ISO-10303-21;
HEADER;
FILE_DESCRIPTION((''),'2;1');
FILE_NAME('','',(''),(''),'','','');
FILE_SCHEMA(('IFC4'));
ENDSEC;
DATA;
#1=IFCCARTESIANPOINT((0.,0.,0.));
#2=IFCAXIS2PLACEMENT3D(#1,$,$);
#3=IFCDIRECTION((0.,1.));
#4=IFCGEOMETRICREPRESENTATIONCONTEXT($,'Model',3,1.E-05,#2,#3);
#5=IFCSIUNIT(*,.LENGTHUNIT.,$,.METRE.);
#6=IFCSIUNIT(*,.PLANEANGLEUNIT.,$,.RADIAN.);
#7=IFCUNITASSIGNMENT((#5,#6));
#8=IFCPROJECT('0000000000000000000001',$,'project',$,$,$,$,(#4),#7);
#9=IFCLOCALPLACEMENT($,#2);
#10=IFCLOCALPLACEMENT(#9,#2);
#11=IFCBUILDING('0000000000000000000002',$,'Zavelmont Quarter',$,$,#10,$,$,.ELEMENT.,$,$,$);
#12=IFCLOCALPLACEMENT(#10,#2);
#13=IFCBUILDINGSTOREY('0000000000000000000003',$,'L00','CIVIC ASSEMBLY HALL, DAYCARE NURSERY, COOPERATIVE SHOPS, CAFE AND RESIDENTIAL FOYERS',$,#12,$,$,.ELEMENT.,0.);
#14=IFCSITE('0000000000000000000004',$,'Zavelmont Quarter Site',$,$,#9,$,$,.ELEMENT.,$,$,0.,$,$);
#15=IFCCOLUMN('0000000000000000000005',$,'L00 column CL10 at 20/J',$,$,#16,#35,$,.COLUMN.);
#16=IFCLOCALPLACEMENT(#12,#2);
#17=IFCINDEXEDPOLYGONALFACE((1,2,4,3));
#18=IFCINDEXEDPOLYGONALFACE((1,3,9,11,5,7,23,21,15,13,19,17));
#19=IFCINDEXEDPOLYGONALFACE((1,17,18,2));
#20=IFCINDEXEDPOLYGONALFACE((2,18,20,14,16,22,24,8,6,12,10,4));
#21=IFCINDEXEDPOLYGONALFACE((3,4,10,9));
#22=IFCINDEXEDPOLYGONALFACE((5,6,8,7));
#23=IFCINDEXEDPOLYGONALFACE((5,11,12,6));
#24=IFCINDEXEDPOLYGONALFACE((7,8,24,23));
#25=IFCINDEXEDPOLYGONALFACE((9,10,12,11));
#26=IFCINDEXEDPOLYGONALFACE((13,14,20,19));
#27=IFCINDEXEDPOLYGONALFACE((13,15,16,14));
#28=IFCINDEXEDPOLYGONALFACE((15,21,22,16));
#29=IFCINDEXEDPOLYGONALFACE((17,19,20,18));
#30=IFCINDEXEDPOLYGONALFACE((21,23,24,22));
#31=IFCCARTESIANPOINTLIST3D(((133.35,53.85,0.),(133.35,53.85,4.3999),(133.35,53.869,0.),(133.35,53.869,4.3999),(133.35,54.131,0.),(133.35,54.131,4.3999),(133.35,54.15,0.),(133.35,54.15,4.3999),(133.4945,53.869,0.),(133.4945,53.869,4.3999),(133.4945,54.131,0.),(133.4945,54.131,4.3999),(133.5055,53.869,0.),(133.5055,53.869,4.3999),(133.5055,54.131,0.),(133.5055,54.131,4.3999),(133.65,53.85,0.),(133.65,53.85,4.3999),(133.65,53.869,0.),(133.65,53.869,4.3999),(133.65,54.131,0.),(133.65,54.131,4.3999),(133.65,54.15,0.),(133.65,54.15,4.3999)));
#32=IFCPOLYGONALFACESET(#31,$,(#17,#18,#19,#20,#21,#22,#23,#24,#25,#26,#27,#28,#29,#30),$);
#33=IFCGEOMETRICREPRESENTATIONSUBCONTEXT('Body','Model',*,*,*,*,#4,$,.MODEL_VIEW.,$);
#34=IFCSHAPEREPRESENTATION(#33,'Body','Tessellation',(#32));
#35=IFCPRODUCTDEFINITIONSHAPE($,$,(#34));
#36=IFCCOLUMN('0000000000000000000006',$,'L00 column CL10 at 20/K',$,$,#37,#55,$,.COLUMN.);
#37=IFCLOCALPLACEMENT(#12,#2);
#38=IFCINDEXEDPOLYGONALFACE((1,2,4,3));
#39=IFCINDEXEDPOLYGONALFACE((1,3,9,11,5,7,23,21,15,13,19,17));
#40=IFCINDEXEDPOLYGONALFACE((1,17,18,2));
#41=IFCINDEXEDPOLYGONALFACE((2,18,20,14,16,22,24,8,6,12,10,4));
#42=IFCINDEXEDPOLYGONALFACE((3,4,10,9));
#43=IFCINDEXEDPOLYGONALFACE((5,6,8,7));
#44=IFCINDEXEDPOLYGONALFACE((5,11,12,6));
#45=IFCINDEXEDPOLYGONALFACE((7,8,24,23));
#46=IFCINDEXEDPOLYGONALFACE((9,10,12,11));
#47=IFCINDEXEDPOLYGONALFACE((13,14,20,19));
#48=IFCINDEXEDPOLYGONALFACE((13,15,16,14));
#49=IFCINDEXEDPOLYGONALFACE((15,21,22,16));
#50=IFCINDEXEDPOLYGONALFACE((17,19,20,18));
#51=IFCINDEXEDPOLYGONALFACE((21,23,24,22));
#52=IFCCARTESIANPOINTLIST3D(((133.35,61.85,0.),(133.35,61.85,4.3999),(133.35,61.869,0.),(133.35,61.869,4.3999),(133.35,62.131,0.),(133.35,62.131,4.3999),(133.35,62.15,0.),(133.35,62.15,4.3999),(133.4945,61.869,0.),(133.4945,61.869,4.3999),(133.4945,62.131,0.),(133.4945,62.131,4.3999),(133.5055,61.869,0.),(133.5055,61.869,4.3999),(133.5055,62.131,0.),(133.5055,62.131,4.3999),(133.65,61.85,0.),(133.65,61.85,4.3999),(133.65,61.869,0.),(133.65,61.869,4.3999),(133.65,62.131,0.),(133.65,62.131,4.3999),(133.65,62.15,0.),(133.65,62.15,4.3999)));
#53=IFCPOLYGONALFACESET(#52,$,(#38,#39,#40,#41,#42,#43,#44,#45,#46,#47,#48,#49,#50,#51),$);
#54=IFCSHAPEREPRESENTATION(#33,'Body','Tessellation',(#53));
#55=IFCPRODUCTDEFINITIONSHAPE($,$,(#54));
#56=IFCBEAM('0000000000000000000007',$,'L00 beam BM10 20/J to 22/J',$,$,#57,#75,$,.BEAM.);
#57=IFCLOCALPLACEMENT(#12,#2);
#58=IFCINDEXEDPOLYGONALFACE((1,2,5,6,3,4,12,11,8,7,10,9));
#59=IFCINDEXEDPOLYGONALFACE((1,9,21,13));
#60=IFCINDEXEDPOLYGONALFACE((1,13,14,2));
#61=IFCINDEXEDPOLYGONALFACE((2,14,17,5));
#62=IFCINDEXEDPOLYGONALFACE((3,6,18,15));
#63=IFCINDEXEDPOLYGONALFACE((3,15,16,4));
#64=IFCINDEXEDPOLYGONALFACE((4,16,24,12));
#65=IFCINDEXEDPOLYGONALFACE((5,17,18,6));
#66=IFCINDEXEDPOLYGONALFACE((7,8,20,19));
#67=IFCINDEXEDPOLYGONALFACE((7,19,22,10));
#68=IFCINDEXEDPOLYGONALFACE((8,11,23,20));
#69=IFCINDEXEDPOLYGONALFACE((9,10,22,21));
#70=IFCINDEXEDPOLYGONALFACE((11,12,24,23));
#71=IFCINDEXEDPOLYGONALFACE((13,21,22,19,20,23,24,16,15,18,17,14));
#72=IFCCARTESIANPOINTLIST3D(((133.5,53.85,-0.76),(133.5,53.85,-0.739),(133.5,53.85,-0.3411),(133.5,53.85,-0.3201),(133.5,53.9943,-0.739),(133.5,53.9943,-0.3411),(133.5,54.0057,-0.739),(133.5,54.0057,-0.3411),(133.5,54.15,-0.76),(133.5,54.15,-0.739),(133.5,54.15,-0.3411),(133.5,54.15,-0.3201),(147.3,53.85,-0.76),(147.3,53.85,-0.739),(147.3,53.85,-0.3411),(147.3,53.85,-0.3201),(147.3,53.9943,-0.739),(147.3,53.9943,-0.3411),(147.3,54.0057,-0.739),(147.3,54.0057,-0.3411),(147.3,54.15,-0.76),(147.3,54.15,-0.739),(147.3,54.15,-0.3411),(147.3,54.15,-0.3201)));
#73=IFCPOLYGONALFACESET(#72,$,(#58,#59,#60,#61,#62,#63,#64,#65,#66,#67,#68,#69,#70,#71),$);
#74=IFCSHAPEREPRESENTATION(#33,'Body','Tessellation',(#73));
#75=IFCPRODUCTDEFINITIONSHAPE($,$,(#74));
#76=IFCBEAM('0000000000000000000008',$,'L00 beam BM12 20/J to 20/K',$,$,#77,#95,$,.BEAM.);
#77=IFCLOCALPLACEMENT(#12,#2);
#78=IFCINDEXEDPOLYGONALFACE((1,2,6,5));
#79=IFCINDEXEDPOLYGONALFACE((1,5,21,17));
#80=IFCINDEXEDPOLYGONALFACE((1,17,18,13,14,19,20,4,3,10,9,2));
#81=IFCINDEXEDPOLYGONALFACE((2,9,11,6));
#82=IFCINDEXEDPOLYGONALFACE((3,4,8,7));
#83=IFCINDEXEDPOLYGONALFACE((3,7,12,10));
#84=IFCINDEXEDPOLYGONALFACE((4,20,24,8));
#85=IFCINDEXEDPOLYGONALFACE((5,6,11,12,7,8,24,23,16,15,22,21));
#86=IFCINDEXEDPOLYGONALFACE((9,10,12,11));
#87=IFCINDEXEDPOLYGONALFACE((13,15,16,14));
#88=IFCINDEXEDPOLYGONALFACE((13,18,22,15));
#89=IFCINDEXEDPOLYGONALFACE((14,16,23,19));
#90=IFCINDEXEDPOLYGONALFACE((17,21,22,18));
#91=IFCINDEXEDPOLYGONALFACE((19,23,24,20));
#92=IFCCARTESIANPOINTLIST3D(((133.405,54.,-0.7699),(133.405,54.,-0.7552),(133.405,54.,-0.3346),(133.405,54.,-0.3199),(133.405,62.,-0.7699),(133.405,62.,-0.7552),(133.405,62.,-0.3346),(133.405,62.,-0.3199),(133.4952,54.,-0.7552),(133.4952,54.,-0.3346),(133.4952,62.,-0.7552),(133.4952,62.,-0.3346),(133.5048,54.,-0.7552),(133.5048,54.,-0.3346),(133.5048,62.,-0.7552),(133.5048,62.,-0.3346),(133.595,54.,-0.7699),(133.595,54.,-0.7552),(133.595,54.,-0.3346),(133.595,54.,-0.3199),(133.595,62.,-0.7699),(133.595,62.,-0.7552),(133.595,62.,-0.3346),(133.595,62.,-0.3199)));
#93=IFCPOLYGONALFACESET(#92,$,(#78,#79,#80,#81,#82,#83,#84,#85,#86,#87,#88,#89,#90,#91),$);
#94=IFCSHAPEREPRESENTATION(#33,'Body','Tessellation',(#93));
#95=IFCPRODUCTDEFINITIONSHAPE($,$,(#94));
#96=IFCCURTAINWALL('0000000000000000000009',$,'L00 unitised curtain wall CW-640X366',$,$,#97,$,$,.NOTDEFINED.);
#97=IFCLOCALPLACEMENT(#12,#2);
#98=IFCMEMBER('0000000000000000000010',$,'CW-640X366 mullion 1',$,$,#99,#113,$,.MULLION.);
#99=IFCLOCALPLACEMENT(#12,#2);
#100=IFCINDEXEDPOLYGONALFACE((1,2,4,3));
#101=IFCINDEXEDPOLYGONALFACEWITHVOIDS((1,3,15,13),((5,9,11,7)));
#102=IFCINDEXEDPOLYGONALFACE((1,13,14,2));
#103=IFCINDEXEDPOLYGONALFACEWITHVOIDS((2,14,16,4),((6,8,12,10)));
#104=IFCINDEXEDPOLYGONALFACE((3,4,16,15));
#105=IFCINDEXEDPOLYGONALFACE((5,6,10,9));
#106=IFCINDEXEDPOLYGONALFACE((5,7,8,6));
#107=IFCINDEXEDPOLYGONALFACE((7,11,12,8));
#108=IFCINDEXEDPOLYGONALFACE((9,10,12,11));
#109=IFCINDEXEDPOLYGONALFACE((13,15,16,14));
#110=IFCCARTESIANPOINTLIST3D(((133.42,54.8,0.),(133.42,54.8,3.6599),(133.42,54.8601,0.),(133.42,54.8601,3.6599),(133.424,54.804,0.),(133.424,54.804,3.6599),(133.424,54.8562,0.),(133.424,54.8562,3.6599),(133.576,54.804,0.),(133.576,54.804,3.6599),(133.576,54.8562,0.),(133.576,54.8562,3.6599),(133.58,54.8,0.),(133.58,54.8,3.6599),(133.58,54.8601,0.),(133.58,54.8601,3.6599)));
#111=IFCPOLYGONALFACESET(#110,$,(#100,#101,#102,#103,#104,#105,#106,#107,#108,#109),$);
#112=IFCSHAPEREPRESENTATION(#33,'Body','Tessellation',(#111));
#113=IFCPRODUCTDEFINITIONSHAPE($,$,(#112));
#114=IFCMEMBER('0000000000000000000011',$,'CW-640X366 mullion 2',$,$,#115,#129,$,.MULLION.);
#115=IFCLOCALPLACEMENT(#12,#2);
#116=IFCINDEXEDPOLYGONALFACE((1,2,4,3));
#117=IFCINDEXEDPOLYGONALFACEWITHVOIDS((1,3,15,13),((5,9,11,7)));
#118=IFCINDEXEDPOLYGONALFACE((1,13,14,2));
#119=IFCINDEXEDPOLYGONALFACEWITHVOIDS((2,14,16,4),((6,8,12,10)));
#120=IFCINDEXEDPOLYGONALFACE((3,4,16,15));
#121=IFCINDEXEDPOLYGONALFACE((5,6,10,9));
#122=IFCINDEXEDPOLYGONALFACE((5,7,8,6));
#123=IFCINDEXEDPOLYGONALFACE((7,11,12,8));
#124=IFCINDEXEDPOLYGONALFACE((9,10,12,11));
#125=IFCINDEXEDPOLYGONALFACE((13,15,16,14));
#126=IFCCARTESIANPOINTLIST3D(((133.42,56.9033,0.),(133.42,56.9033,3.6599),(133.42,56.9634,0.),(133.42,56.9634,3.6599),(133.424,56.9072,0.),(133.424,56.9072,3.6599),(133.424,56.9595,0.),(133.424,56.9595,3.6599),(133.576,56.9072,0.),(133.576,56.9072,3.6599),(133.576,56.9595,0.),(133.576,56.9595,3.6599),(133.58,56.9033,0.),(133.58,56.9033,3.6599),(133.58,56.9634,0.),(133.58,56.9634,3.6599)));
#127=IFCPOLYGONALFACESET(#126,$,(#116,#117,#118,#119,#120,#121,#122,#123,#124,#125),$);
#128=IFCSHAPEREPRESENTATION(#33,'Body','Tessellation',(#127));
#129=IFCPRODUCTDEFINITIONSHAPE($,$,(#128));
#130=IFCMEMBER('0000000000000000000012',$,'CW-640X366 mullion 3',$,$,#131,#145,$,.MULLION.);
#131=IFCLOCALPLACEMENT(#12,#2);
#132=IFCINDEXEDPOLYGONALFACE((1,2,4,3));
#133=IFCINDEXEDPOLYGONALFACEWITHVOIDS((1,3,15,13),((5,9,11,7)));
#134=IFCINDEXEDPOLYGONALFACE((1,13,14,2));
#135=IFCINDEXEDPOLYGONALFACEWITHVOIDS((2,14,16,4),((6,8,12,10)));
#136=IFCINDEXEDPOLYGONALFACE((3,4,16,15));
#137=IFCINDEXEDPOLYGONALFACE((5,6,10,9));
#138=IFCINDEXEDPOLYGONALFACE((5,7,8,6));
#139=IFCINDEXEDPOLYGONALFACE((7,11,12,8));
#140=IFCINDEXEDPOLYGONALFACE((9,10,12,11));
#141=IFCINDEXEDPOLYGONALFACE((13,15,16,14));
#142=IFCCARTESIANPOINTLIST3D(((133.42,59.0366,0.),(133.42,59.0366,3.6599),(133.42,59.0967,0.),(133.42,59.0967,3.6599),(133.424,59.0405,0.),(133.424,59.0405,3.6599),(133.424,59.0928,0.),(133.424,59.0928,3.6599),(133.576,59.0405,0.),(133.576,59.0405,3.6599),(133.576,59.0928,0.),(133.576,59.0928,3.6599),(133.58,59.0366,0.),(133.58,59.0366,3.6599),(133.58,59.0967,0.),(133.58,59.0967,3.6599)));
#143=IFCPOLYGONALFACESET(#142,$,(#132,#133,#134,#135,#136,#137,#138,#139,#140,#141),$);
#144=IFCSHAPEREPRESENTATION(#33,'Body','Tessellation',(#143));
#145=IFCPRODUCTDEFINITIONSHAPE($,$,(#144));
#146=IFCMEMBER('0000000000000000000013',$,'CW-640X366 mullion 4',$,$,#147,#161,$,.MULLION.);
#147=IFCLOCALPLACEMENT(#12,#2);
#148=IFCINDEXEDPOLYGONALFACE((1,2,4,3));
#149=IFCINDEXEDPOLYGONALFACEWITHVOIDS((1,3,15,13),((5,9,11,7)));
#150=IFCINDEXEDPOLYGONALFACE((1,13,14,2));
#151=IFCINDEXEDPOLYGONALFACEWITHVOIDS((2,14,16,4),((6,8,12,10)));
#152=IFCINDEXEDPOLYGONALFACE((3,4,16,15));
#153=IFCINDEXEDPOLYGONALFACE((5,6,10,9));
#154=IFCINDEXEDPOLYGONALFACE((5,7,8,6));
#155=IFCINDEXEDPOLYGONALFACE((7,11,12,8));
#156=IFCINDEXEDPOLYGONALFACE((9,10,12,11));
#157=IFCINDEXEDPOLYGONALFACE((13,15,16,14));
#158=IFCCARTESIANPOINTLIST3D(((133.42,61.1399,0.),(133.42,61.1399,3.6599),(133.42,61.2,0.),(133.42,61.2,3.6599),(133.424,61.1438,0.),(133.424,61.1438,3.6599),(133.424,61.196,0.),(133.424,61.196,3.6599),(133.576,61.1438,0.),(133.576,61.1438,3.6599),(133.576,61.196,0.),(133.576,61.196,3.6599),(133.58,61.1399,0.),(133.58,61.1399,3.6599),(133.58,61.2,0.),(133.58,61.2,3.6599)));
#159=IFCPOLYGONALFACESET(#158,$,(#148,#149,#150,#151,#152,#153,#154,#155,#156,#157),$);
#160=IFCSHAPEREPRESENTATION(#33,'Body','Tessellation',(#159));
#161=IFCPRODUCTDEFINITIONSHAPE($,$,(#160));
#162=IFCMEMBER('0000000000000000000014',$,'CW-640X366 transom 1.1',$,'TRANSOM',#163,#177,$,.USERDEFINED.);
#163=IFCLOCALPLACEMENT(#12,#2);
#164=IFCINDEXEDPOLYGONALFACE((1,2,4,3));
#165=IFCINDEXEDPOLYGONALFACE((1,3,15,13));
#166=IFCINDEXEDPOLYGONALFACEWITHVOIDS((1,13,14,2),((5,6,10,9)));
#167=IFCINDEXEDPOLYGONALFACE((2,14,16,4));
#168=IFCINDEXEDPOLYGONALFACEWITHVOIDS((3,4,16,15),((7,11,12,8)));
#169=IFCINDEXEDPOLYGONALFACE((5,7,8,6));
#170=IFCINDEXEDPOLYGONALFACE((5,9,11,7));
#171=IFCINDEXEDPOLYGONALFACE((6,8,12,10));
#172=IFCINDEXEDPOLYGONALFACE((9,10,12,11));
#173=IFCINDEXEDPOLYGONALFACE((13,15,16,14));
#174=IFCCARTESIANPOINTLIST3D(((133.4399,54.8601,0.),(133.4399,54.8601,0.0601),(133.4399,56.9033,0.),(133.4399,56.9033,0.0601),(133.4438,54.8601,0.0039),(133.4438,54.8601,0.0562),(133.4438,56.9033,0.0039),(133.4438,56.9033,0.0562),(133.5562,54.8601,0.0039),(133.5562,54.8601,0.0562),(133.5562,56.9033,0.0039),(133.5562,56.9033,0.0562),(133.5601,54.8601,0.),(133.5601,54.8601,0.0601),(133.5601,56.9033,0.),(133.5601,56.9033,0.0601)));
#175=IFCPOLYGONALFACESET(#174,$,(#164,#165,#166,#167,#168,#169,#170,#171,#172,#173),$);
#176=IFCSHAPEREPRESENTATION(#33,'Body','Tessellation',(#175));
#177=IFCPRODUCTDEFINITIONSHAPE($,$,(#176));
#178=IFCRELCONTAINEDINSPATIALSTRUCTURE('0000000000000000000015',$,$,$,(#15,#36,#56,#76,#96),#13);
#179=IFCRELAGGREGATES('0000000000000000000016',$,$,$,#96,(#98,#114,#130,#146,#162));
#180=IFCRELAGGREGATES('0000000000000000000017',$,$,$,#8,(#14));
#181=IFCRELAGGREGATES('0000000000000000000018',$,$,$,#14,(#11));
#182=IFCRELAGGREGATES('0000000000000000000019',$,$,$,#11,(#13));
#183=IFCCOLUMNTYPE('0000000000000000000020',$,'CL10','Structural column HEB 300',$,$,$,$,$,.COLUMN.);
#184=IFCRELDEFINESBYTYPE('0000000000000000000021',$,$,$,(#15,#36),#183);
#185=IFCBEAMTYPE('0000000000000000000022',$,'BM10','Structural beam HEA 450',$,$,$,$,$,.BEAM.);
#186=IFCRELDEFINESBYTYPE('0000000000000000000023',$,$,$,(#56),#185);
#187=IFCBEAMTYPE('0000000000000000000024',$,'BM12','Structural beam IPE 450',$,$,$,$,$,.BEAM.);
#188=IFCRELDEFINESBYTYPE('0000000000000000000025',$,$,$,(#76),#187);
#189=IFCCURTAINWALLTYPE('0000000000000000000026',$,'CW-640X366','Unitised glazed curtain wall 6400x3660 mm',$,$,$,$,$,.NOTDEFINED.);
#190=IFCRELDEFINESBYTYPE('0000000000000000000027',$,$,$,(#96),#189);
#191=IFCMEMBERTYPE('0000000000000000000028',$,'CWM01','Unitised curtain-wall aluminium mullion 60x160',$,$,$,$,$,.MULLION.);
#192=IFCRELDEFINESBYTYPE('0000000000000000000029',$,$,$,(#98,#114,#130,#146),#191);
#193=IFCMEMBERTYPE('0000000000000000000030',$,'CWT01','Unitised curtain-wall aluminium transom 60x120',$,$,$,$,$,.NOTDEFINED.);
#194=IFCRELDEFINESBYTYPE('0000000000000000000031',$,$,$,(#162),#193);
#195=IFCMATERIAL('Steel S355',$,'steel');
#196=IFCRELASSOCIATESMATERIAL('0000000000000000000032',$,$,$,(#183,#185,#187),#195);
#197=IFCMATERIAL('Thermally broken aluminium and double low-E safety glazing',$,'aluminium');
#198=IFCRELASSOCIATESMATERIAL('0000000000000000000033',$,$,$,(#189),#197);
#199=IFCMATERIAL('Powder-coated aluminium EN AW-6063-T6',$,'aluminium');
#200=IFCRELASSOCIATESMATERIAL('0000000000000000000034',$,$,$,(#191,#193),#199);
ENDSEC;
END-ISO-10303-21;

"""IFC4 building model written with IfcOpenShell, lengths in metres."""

from ifc_helpers import new_model, si_unit, direction, frame, origin, origin_2d, place, context, subcontext, project, spatial, hollow_rectangle, i_section, extrude, material, material_profile, profile_set, type_object, element, aggregate, save


model = new_model("IFC4")

# Units and contexts
model_context = context("Model", 3, precision=1e-05, world=origin(), true_north=direction((0.0, 1.0)))
body_context = subcontext(model_context, "Body", "Model", "MODEL_VIEW")
ifc_project = project(units=[si_unit("LENGTHUNIT", "METRE"), si_unit("PLANEANGLEUNIT", "RADIAN")], contexts=[model_context])

# Site, building, storey
site_placement = place(None, origin())
site = spatial("IfcSite", under=ifc_project, at=site_placement, Name="Zavelmont Quarter Site", CompositionType="ELEMENT", RefElevation=0.0)
building_placement = place(site_placement, origin())
building = spatial("IfcBuilding", under=site, at=building_placement, Name="Zavelmont Quarter", CompositionType="ELEMENT")
storey_placement = place(building_placement, origin())
storey = spatial("IfcBuildingStorey", under=building, at=storey_placement, Name="L00", Description="CIVIC ASSEMBLY HALL, DAYCARE NURSERY, COOPERATIVE SHOPS, CAFE AND RESIDENTIAL FOYERS", CompositionType="ELEMENT", Elevation=0.0)

# Columns
ifc_material_1 = material(Name="Steel S355", Category="steel")
ifc_material_profile_1 = material_profile(ifc_material_1, i_section(OverallWidth=0.3, OverallDepth=0.3, WebThickness=0.011, FlangeThickness=0.019, at=origin_2d()), Name="HEB 300")
ifc_profile_set_1 = profile_set([ifc_material_profile_1], Name="Steel S355")
column_type = type_object("IfcColumnType", Name="CL10", Description="Structural column HEB 300", PredefinedType="COLUMN", material=ifc_profile_set_1)
for number, where, z_axis, x_axis, name in (
    (1, (133.5, 54.0, 0.0), (0.0, 0.0, 1.0), (1.0, 0.0, 0.0), "L00 column CL10 at 20/J"),
    (2, (133.5, 62.0, 0.0), (0.0, 0.0, 1.0), (1.0, 0.0, 0.0), "L00 column CL10 at 20/K"),
):
    element("IfcColumn", number, at=place(storey_placement, frame(where, z_axis=z_axis, x_axis=x_axis)), inside=storey, type_object=column_type, Name=name, PredefinedType="COLUMN", context=body_context, shape_type="SweptSolid", body=[
        extrude(i_section(OverallWidth=0.3, OverallDepth=0.3, WebThickness=0.011, FlangeThickness=0.019, at=origin_2d()), origin(), (0.0, 0.0, 1.0), 4.3999),
    ])

# Beams
ifc_material_profile_2 = material_profile(ifc_material_1, i_section(OverallWidth=0.3, OverallDepth=0.4399, WebThickness=0.0115, FlangeThickness=0.021, at=origin_2d()), Name="HEA 450")
ifc_profile_set_2 = profile_set([ifc_material_profile_2], Name="Steel S355")
beam_type_1 = type_object("IfcBeamType", Name="BM10", Description="Structural beam HEA 450", PredefinedType="BEAM", material=ifc_profile_set_2)
beam_1_placement = place(storey_placement, frame((133.5, 54.0, -0.54), z_axis=(1.0, 0.0, 0.0), x_axis=(0.0, 1.0, 0.0)))
element("IfcBeam", 3, at=beam_1_placement, inside=storey, type_object=beam_type_1, Name="L00 beam BM10 20/J to 22/J", PredefinedType="BEAM", context=body_context, shape_type="SweptSolid", body=[
    extrude(i_section(OverallWidth=0.3, OverallDepth=0.4399, WebThickness=0.0115, FlangeThickness=0.021, at=origin_2d()), origin(), (0.0, 0.0, 1.0), 13.8),
])
ifc_material_profile_3 = material_profile(ifc_material_1, i_section(OverallWidth=0.1899, OverallDepth=0.45, WebThickness=0.0095, FlangeThickness=0.0146, at=origin_2d()), Name="IPE 450")
ifc_profile_set_3 = profile_set([ifc_material_profile_3], Name="Steel S355")
beam_type_2 = type_object("IfcBeamType", Name="BM12", Description="Structural beam IPE 450", PredefinedType="BEAM", material=ifc_profile_set_3)
beam_2_placement = place(storey_placement, frame((133.5, 54.0, -0.5449), z_axis=(0.0, 1.0, 0.0), x_axis=(-1.0, 0.0, 0.0)))
element("IfcBeam", 4, at=beam_2_placement, inside=storey, type_object=beam_type_2, Name="L00 beam BM12 20/J to 20/K", PredefinedType="BEAM", context=body_context, shape_type="SweptSolid", body=[
    extrude(i_section(OverallWidth=0.1899, OverallDepth=0.45, WebThickness=0.0095, FlangeThickness=0.0146, at=origin_2d()), origin(), (0.0, 0.0, 1.0), 8.0),
])

# Curtain wall, members
ifc_material_2 = material(Name="Thermally broken aluminium and double low-E safety glazing", Category="aluminium")
curtain_wall_type = type_object("IfcCurtainWallType", Name="CW-640X366", Description="Unitised glazed curtain wall 6400x3660 mm", PredefinedType="NOTDEFINED", material=ifc_material_2)
curtain_wall_placement = place(storey_placement, origin())
curtain_wall = element("IfcCurtainWall", 5, at=curtain_wall_placement, inside=storey, type_object=curtain_wall_type, Name="L00 unitised curtain wall CW-640X366", PredefinedType="NOTDEFINED")
ifc_material_3 = material(Name="Powder-coated aluminium EN AW-6063-T6", Category="aluminium")
ifc_material_profile_4 = material_profile(ifc_material_3, hollow_rectangle(XDim=0.0601, YDim=0.1599, WallThickness=0.0039, at=origin_2d()), Name="CWM60X160")
ifc_profile_set_4 = profile_set([ifc_material_profile_4], Name="Powder-coated aluminium EN AW-6063-T6")
member_type_1 = type_object("IfcMemberType", Name="CWM01", Description="Unitised curtain-wall aluminium mullion 60x160", PredefinedType="MULLION", material=ifc_profile_set_4)
member_1_placement = place(storey_placement, frame((133.5, 54.8301, 0.0), z_axis=(0.0, 0.0, 1.0), x_axis=(0.0, 1.0, 0.0)))
member_1 = element("IfcMember", 6, at=member_1_placement, type_object=member_type_1, Name="CW-640X366 mullion 1", PredefinedType="MULLION", context=body_context, shape_type="SweptSolid", body=[
    extrude(hollow_rectangle(XDim=0.0601, YDim=0.1599, WallThickness=0.0039, at=origin_2d()), origin(), (0.0, 0.0, 1.0), 3.6599),
])
member_2_placement = place(storey_placement, frame((133.5, 56.9333, 0.0), z_axis=(0.0, 0.0, 1.0), x_axis=(0.0, 1.0, 0.0)))
member_2 = element("IfcMember", 7, at=member_2_placement, type_object=member_type_1, Name="CW-640X366 mullion 2", PredefinedType="MULLION", context=body_context, shape_type="SweptSolid", body=[
    extrude(hollow_rectangle(XDim=0.0601, YDim=0.1599, WallThickness=0.0039, at=origin_2d()), origin(), (0.0, 0.0, 1.0), 3.6599),
])
member_3_placement = place(storey_placement, frame((133.5, 59.0667, 0.0), z_axis=(0.0, 0.0, 1.0), x_axis=(0.0, 1.0, 0.0)))
member_3 = element("IfcMember", 8, at=member_3_placement, type_object=member_type_1, Name="CW-640X366 mullion 3", PredefinedType="MULLION", context=body_context, shape_type="SweptSolid", body=[
    extrude(hollow_rectangle(XDim=0.0601, YDim=0.1599, WallThickness=0.0039, at=origin_2d()), origin(), (0.0, 0.0, 1.0), 3.6599),
])
member_4_placement = place(storey_placement, frame((133.5, 61.1699, 0.0), z_axis=(0.0, 0.0, 1.0), x_axis=(0.0, 1.0, 0.0)))
member_4 = element("IfcMember", 9, at=member_4_placement, type_object=member_type_1, Name="CW-640X366 mullion 4", PredefinedType="MULLION", context=body_context, shape_type="SweptSolid", body=[
    extrude(hollow_rectangle(XDim=0.0601, YDim=0.1599, WallThickness=0.0039, at=origin_2d()), origin(), (0.0, 0.0, 1.0), 3.6599),
])
ifc_material_profile_5 = material_profile(ifc_material_3, hollow_rectangle(XDim=0.1201, YDim=0.0601, WallThickness=0.0039, at=origin_2d()), Name="CWT60X120")
ifc_profile_set_5 = profile_set([ifc_material_profile_5], Name="Powder-coated aluminium EN AW-6063-T6")
member_type_2 = type_object("IfcMemberType", Name="CWT01", Description="Unitised curtain-wall aluminium transom 60x120", PredefinedType="NOTDEFINED", material=ifc_profile_set_5)
member_5_placement = place(storey_placement, frame((133.5, 54.8601, 0.03), z_axis=(0.0, 1.0, 0.0), x_axis=(-1.0, 0.0, 0.0)))
member_5 = element("IfcMember", 10, at=member_5_placement, type_object=member_type_2, Name="CW-640X366 transom 1.1", ObjectType="TRANSOM", PredefinedType="USERDEFINED", context=body_context, shape_type="SweptSolid", body=[
    extrude(hollow_rectangle(XDim=0.1201, YDim=0.0601, WallThickness=0.0039, at=origin_2d()), origin(), (0.0, 0.0, 1.0), 2.0432),
])
aggregate(curtain_wall, [member_1, member_2, member_3, member_4, member_5])

save(model, "model.ifc")
